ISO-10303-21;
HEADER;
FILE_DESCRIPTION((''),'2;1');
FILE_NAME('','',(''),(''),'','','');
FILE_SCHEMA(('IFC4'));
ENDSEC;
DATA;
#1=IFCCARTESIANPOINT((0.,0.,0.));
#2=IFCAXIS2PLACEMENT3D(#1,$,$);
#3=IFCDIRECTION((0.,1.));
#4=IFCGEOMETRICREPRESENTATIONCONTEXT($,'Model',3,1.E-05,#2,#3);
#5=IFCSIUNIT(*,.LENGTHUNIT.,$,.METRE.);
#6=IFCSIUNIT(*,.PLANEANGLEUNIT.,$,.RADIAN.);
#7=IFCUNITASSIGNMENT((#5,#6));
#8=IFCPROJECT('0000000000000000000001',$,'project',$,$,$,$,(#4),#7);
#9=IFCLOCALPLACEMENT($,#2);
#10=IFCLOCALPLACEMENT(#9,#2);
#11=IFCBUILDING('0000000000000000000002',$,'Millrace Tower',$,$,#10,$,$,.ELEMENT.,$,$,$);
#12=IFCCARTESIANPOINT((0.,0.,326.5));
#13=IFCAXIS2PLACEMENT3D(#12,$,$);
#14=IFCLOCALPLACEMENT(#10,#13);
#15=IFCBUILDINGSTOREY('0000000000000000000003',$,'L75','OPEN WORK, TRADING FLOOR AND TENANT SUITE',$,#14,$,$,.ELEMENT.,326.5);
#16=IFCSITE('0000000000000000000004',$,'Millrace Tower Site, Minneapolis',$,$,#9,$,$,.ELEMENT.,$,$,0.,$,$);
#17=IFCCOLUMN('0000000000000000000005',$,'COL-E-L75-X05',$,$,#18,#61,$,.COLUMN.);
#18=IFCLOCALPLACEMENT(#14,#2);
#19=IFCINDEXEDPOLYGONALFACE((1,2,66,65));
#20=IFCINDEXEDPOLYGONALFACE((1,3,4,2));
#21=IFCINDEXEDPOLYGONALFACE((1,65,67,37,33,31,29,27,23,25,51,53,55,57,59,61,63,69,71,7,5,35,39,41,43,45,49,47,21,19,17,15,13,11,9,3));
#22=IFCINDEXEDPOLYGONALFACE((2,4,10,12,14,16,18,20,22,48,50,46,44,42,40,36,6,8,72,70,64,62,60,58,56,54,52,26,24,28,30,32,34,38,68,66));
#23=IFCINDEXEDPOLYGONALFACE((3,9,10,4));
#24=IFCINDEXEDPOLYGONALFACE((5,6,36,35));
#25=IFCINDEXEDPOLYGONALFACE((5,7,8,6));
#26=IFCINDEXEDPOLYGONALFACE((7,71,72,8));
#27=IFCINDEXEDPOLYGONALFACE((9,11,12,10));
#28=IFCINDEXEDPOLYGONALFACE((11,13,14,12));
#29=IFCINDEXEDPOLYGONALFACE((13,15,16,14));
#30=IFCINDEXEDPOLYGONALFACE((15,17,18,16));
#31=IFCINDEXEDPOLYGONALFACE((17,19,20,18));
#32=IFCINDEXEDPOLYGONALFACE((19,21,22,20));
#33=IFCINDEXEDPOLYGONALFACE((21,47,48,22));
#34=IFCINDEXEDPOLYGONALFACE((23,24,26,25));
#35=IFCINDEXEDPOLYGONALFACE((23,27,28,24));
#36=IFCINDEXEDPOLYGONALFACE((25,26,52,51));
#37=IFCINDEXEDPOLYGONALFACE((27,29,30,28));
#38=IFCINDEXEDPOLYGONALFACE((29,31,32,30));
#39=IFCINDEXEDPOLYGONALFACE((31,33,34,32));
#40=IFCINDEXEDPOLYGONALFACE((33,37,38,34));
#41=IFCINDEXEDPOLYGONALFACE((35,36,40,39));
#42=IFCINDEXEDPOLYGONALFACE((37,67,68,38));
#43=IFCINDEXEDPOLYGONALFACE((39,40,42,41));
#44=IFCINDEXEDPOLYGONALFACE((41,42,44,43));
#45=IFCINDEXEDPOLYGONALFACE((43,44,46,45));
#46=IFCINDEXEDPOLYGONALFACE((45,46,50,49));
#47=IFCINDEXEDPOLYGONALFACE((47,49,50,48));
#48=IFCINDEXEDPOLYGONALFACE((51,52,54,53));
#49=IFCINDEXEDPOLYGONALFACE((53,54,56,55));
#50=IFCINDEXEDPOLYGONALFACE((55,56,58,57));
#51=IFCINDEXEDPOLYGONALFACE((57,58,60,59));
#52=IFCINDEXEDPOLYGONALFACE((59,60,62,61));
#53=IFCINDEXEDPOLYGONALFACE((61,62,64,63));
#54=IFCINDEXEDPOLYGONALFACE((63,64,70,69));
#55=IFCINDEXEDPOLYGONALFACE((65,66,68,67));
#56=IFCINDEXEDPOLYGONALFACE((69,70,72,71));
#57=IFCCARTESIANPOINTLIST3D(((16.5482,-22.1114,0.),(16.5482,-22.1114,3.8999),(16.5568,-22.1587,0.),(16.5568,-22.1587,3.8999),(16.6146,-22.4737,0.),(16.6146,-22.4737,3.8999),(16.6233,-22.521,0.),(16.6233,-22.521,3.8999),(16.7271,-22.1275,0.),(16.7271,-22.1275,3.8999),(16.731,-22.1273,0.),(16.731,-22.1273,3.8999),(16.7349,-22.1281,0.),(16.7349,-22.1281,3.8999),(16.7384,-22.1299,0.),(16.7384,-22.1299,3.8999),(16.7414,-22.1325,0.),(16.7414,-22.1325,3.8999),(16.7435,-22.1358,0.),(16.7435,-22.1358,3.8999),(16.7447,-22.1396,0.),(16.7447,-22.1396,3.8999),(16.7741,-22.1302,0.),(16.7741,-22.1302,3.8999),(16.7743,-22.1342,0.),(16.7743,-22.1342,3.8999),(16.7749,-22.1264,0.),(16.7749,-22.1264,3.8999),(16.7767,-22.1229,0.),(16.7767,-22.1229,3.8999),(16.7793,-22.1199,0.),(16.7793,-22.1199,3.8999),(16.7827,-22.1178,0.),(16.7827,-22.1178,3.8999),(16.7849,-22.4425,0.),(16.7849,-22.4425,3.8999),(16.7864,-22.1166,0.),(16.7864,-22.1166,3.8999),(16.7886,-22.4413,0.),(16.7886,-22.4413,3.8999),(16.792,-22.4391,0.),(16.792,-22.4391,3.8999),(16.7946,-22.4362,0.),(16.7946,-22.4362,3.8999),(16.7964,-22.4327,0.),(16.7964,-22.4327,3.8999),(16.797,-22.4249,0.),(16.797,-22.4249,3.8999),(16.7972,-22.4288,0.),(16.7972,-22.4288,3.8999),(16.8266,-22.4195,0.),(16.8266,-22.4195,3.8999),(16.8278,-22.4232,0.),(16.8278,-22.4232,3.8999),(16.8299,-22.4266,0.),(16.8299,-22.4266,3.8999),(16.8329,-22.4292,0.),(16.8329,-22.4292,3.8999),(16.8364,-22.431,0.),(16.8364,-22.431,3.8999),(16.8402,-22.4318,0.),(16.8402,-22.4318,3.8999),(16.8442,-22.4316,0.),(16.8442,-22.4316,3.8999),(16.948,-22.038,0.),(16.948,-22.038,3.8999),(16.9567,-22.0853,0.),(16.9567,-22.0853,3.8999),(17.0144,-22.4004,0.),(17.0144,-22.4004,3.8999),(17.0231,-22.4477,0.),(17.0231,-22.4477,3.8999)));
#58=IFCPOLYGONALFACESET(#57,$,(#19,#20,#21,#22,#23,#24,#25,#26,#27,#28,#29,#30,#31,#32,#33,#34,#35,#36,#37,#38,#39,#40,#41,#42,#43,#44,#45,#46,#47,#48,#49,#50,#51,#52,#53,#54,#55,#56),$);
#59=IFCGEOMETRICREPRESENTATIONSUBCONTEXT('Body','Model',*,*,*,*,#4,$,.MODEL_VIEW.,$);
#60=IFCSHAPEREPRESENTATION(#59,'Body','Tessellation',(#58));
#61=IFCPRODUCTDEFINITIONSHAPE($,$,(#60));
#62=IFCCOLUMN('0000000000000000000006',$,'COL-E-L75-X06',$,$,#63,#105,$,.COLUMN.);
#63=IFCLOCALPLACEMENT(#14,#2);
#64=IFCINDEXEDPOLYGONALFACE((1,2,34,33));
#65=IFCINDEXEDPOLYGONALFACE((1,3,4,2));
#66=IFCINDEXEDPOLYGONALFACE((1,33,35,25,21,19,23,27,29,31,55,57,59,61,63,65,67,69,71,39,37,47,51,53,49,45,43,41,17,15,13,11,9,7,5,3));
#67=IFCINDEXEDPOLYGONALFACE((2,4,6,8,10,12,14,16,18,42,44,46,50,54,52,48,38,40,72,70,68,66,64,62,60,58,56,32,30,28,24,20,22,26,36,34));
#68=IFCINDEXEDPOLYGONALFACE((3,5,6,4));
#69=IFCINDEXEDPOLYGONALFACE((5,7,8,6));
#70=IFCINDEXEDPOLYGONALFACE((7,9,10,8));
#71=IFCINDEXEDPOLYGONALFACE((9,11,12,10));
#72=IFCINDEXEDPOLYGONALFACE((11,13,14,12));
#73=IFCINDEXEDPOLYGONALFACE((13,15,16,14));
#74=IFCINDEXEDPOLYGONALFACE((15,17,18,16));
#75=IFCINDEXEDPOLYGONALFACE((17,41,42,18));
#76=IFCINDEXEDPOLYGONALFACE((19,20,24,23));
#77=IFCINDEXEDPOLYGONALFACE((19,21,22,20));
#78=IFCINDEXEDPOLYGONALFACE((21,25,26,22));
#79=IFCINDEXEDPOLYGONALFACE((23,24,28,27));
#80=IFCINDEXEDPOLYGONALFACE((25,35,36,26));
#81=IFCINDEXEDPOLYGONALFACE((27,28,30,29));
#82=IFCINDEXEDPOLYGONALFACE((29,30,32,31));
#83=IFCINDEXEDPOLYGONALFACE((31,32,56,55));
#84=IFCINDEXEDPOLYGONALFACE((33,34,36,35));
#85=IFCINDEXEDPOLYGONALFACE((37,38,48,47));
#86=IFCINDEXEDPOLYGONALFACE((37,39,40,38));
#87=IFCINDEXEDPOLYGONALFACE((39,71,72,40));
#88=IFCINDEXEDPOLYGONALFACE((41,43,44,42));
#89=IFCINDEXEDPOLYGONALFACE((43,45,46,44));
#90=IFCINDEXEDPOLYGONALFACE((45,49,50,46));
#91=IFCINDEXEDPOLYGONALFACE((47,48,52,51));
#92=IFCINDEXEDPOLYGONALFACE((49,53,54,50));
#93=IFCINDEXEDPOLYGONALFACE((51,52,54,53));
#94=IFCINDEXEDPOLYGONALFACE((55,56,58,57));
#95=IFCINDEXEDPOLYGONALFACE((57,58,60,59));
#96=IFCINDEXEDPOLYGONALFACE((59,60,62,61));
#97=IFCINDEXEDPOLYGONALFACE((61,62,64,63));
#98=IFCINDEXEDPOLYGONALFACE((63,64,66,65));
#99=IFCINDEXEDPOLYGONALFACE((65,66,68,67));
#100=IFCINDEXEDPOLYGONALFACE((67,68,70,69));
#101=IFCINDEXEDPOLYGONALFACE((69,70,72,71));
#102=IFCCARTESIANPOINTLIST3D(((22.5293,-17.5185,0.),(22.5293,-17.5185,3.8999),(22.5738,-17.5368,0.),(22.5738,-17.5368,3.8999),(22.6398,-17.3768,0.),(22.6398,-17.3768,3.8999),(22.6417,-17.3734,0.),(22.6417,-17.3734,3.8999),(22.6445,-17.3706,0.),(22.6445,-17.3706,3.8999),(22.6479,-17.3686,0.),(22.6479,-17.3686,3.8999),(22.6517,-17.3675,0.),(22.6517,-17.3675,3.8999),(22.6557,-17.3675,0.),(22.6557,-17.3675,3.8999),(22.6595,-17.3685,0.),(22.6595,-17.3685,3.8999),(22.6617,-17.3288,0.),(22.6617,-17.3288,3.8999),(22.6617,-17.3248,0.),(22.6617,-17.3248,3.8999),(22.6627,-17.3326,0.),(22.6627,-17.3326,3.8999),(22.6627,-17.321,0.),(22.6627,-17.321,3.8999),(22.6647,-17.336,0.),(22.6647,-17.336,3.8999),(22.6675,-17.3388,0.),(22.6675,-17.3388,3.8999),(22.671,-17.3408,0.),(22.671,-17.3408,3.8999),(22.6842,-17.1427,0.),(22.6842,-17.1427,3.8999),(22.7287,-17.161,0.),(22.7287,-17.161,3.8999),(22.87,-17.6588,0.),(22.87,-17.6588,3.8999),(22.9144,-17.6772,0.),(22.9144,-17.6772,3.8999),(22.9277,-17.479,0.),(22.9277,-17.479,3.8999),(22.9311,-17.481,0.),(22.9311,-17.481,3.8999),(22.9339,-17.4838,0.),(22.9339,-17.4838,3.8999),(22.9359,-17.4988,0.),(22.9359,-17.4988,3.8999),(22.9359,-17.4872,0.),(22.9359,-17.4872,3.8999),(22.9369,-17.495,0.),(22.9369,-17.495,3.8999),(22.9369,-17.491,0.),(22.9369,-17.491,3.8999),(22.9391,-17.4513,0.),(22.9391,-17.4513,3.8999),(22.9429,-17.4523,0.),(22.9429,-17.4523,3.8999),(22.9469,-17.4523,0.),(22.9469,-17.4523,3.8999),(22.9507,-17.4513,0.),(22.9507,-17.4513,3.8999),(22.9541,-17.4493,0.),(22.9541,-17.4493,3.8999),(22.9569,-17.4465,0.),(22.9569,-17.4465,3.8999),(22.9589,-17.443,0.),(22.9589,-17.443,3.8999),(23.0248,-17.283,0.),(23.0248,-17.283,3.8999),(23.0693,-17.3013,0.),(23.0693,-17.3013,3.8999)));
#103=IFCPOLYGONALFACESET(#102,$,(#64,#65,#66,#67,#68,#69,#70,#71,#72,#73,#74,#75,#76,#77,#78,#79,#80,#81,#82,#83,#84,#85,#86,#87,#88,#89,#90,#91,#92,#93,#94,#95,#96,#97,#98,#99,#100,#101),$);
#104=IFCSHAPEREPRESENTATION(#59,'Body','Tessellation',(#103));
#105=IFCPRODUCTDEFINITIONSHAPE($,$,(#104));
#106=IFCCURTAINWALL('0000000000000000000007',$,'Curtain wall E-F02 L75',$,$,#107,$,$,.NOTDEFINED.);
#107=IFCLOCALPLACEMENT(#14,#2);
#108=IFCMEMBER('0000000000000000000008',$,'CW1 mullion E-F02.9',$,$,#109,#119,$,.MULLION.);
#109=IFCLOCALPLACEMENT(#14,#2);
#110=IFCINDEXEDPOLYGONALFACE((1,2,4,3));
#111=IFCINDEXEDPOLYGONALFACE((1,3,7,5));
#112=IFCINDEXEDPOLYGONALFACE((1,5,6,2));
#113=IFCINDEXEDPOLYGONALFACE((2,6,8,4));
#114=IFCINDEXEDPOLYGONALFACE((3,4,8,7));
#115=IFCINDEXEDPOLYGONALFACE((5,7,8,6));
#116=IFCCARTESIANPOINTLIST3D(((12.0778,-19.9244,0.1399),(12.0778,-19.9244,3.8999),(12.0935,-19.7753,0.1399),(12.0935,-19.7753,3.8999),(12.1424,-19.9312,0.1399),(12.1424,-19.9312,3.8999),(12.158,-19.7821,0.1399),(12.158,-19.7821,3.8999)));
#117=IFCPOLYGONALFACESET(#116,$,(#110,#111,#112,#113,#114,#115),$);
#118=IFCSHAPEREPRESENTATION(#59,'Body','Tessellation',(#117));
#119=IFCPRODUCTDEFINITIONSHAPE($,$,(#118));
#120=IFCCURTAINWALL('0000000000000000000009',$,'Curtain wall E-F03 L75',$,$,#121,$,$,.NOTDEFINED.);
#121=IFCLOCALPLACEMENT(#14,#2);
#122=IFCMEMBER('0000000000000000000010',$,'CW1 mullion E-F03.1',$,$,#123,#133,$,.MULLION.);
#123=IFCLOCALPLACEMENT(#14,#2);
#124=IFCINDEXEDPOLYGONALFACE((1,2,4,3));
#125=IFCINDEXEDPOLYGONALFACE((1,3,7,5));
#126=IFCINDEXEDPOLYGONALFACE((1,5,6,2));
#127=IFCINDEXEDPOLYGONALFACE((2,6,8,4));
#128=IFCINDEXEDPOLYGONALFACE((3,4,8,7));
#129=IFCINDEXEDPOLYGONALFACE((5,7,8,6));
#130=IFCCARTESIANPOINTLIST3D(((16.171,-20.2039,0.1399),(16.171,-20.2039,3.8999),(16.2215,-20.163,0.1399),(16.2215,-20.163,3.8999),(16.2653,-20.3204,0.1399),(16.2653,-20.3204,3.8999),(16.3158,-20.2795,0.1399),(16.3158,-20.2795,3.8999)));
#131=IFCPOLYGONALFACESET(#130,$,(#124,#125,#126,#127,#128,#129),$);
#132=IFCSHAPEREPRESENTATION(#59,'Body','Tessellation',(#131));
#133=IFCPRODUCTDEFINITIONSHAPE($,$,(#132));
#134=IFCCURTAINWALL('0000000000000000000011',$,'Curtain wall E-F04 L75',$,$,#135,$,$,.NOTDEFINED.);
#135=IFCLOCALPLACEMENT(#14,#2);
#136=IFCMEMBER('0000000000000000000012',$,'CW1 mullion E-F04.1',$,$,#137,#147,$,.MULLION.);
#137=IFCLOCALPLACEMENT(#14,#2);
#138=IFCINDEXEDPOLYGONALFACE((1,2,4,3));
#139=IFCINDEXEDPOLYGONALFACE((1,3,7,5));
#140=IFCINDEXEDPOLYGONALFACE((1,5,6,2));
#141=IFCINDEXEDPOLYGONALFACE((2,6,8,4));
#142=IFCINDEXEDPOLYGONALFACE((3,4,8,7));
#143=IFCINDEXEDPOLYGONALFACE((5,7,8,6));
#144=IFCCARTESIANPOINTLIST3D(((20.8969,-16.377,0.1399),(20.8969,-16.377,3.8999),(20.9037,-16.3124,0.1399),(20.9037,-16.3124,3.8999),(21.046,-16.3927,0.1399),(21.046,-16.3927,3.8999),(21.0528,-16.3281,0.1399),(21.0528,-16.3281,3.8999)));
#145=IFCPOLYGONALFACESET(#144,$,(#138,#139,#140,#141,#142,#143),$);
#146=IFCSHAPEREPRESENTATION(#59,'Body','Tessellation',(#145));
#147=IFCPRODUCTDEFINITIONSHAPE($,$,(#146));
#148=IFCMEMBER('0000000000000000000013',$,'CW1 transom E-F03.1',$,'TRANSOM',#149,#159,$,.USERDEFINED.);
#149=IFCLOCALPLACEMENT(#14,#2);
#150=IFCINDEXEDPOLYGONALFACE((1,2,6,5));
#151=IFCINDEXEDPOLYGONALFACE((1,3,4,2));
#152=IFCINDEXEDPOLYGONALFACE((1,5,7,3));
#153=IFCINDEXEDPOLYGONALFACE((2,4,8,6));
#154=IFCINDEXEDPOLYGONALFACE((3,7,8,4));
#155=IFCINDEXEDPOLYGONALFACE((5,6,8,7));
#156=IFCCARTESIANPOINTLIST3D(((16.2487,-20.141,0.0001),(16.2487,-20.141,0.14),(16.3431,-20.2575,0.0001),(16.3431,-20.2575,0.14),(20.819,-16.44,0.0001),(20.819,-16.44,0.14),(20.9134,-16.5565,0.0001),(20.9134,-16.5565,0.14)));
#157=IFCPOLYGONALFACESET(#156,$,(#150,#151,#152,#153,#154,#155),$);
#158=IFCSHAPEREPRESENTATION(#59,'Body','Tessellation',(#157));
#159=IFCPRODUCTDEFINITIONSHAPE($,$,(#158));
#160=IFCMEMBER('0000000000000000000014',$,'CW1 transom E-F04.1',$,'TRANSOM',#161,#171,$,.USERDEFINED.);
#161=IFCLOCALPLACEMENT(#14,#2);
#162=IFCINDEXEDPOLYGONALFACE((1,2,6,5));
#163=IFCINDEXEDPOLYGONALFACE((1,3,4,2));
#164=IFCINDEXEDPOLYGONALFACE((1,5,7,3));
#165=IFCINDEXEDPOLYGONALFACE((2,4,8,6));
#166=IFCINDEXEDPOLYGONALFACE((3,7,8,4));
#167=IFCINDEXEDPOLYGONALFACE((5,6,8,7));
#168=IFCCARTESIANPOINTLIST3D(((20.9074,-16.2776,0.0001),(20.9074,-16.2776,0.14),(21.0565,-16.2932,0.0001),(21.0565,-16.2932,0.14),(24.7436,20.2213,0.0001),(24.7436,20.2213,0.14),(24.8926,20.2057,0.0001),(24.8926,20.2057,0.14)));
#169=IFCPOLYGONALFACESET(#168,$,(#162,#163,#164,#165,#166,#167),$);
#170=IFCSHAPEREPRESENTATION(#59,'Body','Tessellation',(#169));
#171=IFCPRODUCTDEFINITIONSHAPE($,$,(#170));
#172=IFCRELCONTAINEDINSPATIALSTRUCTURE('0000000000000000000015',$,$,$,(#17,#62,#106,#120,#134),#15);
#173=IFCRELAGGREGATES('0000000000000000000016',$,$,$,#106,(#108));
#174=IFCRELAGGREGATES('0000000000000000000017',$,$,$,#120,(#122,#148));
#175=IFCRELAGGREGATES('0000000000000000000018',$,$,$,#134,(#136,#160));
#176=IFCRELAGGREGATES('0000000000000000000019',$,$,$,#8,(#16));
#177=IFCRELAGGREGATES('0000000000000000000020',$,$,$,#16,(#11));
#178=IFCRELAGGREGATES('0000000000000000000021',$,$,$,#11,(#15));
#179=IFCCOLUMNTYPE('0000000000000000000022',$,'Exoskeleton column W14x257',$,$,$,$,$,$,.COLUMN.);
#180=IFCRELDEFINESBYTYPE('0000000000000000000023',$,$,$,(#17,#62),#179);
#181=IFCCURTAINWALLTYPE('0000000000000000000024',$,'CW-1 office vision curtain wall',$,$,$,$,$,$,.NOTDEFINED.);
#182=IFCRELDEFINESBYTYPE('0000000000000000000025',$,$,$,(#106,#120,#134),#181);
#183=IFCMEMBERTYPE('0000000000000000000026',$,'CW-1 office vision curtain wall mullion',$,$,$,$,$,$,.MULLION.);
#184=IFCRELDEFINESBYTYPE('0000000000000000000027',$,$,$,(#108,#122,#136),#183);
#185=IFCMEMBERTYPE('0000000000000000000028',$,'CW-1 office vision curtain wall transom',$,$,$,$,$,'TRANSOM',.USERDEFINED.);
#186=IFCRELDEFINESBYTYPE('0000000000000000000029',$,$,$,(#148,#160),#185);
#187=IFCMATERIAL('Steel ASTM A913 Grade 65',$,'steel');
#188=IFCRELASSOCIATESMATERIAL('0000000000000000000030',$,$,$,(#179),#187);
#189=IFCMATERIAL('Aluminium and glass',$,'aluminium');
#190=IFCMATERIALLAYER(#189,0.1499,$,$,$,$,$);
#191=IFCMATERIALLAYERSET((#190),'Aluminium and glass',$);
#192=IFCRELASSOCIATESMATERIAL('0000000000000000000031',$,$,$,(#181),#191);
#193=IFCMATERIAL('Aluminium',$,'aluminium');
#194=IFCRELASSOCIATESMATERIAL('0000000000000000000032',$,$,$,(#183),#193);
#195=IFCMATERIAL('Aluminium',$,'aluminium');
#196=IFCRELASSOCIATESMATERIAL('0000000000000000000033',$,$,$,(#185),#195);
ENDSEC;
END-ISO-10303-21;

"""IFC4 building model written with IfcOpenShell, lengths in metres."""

from ifc_helpers import new_model, si_unit, direction, frame, origin, origin_2d, place, context, subcontext, project, spatial, rectangle, i_section, extrude, material, layer, layer_set, material_profile, profile_set, type_object, element, aggregate, save


model = new_model("IFC4")

# Units and contexts
model_context = context("Model", 3, precision=1e-05, world=origin(), true_north=direction((0.0, 1.0)))
body_context = subcontext(model_context, "Body", "Model", "MODEL_VIEW")
ifc_project = project(units=[si_unit("LENGTHUNIT", "METRE"), si_unit("PLANEANGLEUNIT", "RADIAN")], contexts=[model_context])

# Site, building, storey
site_placement = place(None, origin())
site = spatial("IfcSite", under=ifc_project, at=site_placement, Name="Millrace Tower Site, Minneapolis", CompositionType="ELEMENT", RefElevation=0.0)
building_placement = place(site_placement, origin())
building = spatial("IfcBuilding", under=site, at=building_placement, Name="Millrace Tower", CompositionType="ELEMENT")
storey_placement = place(building_placement, frame((0.0, 0.0, 326.5)))
storey = spatial("IfcBuildingStorey", under=building, at=storey_placement, Name="L75", Description="OPEN WORK, TRADING FLOOR AND TENANT SUITE", CompositionType="ELEMENT", Elevation=326.5)

# Columns
ifc_material_1 = material(Name="Steel ASTM A913 Grade 65", Category="steel")
ifc_material_profile_1 = material_profile(ifc_material_1, i_section(OverallWidth=0.4065, OverallDepth=0.4165, WebThickness=0.03, FlangeThickness=0.0481, FilletRadius=0.0151, at=origin_2d()))
ifc_profile_set_1 = profile_set([ifc_material_profile_1], Name="Steel ASTM A913 Grade 65")
column_type = type_object("IfcColumnType", Name="Exoskeleton column W14x257", PredefinedType="COLUMN", material=ifc_profile_set_1)
for number, where, z_axis, x_axis, name in (
    (1, (16.7856, -22.2795, 0.0), (0.0, 0.0, 1.0), (0.983596, 0.180387, 0.0), "COL-E-L75-X05"),
    (2, (22.7993, -17.4099, 0.0), (0.0, 0.0, 1.0), (0.380947, 0.924597, 0.0), "COL-E-L75-X06"),
):
    element("IfcColumn", number, at=place(storey_placement, frame(where, z_axis=z_axis, x_axis=x_axis)), inside=storey, type_object=column_type, Name=name, PredefinedType="COLUMN", context=body_context, shape_type="SweptSolid", body=[
        extrude(i_section(OverallWidth=0.4065, OverallDepth=0.4165, WebThickness=0.03, FlangeThickness=0.0481, FilletRadius=0.0151, at=origin_2d()), origin(), (0.0, 0.0, 1.0), 3.8999),
    ])

# Curtain walls, members
ifc_material_2 = material(Name="Aluminium and glass", Category="aluminium")
ifc_layer_1 = layer(ifc_material_2, 0.1499)
ifc_layer_set_1 = layer_set([ifc_layer_1], Name="Aluminium and glass")
curtain_wall_type = type_object("IfcCurtainWallType", Name="CW-1 office vision curtain wall", PredefinedType="NOTDEFINED", material=ifc_layer_set_1)
placement = place(storey_placement, origin())
curtain_wall_1 = element("IfcCurtainWall", 3, at=placement, inside=storey, type_object=curtain_wall_type, Name="Curtain wall E-F02 L75", PredefinedType="NOTDEFINED")
ifc_material_3 = material(Name="Aluminium", Category="aluminium")
ifc_material_profile_2 = material_profile(ifc_material_3, rectangle(XDim=0.0649, YDim=0.1499, at=origin_2d()))
ifc_profile_set_2 = profile_set([ifc_material_profile_2], Name="Aluminium")
member_type_1 = type_object("IfcMemberType", Name="CW-1 office vision curtain wall mullion", PredefinedType="MULLION", material=ifc_profile_set_2)
member_1_placement = place(storey_placement, frame((12.1179, -19.8533, 0.1399), z_axis=(0.0, 0.0, 1.0), x_axis=(0.994522, -0.104528, 0.0)))
member_1 = element("IfcMember", 4, at=member_1_placement, type_object=member_type_1, Name="CW1 mullion E-F02.9", PredefinedType="MULLION", context=body_context, shape_type="SweptSolid", body=[
    extrude(rectangle(XDim=0.0649, YDim=0.1499, at=origin_2d()), origin(), (0.0, 0.0, 1.0), 3.76),
])
aggregate(curtain_wall_1, [member_1])
curtain_wall_2 = element("IfcCurtainWall", 5, at=placement, inside=storey, type_object=curtain_wall_type, Name="Curtain wall E-F03 L75", PredefinedType="NOTDEFINED")
member_2_placement = place(storey_placement, frame((16.2434, -20.2417, 0.1399), z_axis=(0.0, 0.0, 1.0), x_axis=(0.777146, 0.62932, 0.0)))
member_2 = element("IfcMember", 6, at=member_2_placement, type_object=member_type_1, Name="CW1 mullion E-F03.1", PredefinedType="MULLION", context=body_context, shape_type="SweptSolid", body=[
    extrude(rectangle(XDim=0.0649, YDim=0.1499, at=origin_2d()), origin(), (0.0, 0.0, 1.0), 3.76),
])
curtain_wall_3 = element("IfcCurtainWall", 7, at=placement, inside=storey, type_object=curtain_wall_type, Name="Curtain wall E-F04 L75", PredefinedType="NOTDEFINED")
member_3_placement = place(storey_placement, frame((20.9749, -16.3525, 0.1399), z_axis=(0.0, 0.0, 1.0), x_axis=(0.104528, 0.994522, 0.0)))
member_3 = element("IfcMember", 8, at=member_3_placement, type_object=member_type_1, Name="CW1 mullion E-F04.1", PredefinedType="MULLION", context=body_context, shape_type="SweptSolid", body=[
    extrude(rectangle(XDim=0.0649, YDim=0.1499, at=origin_2d()), origin(), (0.0, 0.0, 1.0), 3.76),
])

# Members
ifc_material_4 = material(Name="Aluminium", Category="aluminium")
ifc_material_profile_3 = material_profile(ifc_material_4, rectangle(XDim=0.1499, YDim=0.1399, at=origin_2d()))
ifc_profile_set_3 = profile_set([ifc_material_profile_3], Name="Aluminium")
member_type_2 = type_object("IfcMemberType", Name="CW-1 office vision curtain wall transom", ElementType="TRANSOM", PredefinedType="USERDEFINED", material=ifc_profile_set_3)
member_4_placement = place(storey_placement, frame((16.2959, -20.1992, 0.0701), z_axis=(0.777149, 0.629316, 0.0), x_axis=(-0.629316, 0.777149, 0.0)))
member_4 = element("IfcMember", 9, at=member_4_placement, type_object=member_type_2, Name="CW1 transom E-F03.1", ObjectType="TRANSOM", PredefinedType="USERDEFINED", context=body_context, shape_type="SweptSolid", body=[
    extrude(rectangle(XDim=0.1499, YDim=0.1399, at=origin_2d()), origin(), (0.0, 0.0, 1.0), 5.8809),
])
aggregate(curtain_wall_2, [member_2, member_4])
member_5_placement = place(storey_placement, frame((20.9819, -16.2854, 0.0701), z_axis=(0.104528, 0.994522, 0.0), x_axis=(-0.994522, 0.104528, 0.0)))
member_5 = element("IfcMember", 10, at=member_5_placement, type_object=member_type_2, Name="CW1 transom E-F04.1", ObjectType="TRANSOM", PredefinedType="USERDEFINED", context=body_context, shape_type="SweptSolid", body=[
    extrude(rectangle(XDim=0.1499, YDim=0.1399, at=origin_2d()), origin(), (0.0, 0.0, 1.0), 36.7),
])
aggregate(curtain_wall_3, [member_3, member_5])

save(model, "model.ifc")
